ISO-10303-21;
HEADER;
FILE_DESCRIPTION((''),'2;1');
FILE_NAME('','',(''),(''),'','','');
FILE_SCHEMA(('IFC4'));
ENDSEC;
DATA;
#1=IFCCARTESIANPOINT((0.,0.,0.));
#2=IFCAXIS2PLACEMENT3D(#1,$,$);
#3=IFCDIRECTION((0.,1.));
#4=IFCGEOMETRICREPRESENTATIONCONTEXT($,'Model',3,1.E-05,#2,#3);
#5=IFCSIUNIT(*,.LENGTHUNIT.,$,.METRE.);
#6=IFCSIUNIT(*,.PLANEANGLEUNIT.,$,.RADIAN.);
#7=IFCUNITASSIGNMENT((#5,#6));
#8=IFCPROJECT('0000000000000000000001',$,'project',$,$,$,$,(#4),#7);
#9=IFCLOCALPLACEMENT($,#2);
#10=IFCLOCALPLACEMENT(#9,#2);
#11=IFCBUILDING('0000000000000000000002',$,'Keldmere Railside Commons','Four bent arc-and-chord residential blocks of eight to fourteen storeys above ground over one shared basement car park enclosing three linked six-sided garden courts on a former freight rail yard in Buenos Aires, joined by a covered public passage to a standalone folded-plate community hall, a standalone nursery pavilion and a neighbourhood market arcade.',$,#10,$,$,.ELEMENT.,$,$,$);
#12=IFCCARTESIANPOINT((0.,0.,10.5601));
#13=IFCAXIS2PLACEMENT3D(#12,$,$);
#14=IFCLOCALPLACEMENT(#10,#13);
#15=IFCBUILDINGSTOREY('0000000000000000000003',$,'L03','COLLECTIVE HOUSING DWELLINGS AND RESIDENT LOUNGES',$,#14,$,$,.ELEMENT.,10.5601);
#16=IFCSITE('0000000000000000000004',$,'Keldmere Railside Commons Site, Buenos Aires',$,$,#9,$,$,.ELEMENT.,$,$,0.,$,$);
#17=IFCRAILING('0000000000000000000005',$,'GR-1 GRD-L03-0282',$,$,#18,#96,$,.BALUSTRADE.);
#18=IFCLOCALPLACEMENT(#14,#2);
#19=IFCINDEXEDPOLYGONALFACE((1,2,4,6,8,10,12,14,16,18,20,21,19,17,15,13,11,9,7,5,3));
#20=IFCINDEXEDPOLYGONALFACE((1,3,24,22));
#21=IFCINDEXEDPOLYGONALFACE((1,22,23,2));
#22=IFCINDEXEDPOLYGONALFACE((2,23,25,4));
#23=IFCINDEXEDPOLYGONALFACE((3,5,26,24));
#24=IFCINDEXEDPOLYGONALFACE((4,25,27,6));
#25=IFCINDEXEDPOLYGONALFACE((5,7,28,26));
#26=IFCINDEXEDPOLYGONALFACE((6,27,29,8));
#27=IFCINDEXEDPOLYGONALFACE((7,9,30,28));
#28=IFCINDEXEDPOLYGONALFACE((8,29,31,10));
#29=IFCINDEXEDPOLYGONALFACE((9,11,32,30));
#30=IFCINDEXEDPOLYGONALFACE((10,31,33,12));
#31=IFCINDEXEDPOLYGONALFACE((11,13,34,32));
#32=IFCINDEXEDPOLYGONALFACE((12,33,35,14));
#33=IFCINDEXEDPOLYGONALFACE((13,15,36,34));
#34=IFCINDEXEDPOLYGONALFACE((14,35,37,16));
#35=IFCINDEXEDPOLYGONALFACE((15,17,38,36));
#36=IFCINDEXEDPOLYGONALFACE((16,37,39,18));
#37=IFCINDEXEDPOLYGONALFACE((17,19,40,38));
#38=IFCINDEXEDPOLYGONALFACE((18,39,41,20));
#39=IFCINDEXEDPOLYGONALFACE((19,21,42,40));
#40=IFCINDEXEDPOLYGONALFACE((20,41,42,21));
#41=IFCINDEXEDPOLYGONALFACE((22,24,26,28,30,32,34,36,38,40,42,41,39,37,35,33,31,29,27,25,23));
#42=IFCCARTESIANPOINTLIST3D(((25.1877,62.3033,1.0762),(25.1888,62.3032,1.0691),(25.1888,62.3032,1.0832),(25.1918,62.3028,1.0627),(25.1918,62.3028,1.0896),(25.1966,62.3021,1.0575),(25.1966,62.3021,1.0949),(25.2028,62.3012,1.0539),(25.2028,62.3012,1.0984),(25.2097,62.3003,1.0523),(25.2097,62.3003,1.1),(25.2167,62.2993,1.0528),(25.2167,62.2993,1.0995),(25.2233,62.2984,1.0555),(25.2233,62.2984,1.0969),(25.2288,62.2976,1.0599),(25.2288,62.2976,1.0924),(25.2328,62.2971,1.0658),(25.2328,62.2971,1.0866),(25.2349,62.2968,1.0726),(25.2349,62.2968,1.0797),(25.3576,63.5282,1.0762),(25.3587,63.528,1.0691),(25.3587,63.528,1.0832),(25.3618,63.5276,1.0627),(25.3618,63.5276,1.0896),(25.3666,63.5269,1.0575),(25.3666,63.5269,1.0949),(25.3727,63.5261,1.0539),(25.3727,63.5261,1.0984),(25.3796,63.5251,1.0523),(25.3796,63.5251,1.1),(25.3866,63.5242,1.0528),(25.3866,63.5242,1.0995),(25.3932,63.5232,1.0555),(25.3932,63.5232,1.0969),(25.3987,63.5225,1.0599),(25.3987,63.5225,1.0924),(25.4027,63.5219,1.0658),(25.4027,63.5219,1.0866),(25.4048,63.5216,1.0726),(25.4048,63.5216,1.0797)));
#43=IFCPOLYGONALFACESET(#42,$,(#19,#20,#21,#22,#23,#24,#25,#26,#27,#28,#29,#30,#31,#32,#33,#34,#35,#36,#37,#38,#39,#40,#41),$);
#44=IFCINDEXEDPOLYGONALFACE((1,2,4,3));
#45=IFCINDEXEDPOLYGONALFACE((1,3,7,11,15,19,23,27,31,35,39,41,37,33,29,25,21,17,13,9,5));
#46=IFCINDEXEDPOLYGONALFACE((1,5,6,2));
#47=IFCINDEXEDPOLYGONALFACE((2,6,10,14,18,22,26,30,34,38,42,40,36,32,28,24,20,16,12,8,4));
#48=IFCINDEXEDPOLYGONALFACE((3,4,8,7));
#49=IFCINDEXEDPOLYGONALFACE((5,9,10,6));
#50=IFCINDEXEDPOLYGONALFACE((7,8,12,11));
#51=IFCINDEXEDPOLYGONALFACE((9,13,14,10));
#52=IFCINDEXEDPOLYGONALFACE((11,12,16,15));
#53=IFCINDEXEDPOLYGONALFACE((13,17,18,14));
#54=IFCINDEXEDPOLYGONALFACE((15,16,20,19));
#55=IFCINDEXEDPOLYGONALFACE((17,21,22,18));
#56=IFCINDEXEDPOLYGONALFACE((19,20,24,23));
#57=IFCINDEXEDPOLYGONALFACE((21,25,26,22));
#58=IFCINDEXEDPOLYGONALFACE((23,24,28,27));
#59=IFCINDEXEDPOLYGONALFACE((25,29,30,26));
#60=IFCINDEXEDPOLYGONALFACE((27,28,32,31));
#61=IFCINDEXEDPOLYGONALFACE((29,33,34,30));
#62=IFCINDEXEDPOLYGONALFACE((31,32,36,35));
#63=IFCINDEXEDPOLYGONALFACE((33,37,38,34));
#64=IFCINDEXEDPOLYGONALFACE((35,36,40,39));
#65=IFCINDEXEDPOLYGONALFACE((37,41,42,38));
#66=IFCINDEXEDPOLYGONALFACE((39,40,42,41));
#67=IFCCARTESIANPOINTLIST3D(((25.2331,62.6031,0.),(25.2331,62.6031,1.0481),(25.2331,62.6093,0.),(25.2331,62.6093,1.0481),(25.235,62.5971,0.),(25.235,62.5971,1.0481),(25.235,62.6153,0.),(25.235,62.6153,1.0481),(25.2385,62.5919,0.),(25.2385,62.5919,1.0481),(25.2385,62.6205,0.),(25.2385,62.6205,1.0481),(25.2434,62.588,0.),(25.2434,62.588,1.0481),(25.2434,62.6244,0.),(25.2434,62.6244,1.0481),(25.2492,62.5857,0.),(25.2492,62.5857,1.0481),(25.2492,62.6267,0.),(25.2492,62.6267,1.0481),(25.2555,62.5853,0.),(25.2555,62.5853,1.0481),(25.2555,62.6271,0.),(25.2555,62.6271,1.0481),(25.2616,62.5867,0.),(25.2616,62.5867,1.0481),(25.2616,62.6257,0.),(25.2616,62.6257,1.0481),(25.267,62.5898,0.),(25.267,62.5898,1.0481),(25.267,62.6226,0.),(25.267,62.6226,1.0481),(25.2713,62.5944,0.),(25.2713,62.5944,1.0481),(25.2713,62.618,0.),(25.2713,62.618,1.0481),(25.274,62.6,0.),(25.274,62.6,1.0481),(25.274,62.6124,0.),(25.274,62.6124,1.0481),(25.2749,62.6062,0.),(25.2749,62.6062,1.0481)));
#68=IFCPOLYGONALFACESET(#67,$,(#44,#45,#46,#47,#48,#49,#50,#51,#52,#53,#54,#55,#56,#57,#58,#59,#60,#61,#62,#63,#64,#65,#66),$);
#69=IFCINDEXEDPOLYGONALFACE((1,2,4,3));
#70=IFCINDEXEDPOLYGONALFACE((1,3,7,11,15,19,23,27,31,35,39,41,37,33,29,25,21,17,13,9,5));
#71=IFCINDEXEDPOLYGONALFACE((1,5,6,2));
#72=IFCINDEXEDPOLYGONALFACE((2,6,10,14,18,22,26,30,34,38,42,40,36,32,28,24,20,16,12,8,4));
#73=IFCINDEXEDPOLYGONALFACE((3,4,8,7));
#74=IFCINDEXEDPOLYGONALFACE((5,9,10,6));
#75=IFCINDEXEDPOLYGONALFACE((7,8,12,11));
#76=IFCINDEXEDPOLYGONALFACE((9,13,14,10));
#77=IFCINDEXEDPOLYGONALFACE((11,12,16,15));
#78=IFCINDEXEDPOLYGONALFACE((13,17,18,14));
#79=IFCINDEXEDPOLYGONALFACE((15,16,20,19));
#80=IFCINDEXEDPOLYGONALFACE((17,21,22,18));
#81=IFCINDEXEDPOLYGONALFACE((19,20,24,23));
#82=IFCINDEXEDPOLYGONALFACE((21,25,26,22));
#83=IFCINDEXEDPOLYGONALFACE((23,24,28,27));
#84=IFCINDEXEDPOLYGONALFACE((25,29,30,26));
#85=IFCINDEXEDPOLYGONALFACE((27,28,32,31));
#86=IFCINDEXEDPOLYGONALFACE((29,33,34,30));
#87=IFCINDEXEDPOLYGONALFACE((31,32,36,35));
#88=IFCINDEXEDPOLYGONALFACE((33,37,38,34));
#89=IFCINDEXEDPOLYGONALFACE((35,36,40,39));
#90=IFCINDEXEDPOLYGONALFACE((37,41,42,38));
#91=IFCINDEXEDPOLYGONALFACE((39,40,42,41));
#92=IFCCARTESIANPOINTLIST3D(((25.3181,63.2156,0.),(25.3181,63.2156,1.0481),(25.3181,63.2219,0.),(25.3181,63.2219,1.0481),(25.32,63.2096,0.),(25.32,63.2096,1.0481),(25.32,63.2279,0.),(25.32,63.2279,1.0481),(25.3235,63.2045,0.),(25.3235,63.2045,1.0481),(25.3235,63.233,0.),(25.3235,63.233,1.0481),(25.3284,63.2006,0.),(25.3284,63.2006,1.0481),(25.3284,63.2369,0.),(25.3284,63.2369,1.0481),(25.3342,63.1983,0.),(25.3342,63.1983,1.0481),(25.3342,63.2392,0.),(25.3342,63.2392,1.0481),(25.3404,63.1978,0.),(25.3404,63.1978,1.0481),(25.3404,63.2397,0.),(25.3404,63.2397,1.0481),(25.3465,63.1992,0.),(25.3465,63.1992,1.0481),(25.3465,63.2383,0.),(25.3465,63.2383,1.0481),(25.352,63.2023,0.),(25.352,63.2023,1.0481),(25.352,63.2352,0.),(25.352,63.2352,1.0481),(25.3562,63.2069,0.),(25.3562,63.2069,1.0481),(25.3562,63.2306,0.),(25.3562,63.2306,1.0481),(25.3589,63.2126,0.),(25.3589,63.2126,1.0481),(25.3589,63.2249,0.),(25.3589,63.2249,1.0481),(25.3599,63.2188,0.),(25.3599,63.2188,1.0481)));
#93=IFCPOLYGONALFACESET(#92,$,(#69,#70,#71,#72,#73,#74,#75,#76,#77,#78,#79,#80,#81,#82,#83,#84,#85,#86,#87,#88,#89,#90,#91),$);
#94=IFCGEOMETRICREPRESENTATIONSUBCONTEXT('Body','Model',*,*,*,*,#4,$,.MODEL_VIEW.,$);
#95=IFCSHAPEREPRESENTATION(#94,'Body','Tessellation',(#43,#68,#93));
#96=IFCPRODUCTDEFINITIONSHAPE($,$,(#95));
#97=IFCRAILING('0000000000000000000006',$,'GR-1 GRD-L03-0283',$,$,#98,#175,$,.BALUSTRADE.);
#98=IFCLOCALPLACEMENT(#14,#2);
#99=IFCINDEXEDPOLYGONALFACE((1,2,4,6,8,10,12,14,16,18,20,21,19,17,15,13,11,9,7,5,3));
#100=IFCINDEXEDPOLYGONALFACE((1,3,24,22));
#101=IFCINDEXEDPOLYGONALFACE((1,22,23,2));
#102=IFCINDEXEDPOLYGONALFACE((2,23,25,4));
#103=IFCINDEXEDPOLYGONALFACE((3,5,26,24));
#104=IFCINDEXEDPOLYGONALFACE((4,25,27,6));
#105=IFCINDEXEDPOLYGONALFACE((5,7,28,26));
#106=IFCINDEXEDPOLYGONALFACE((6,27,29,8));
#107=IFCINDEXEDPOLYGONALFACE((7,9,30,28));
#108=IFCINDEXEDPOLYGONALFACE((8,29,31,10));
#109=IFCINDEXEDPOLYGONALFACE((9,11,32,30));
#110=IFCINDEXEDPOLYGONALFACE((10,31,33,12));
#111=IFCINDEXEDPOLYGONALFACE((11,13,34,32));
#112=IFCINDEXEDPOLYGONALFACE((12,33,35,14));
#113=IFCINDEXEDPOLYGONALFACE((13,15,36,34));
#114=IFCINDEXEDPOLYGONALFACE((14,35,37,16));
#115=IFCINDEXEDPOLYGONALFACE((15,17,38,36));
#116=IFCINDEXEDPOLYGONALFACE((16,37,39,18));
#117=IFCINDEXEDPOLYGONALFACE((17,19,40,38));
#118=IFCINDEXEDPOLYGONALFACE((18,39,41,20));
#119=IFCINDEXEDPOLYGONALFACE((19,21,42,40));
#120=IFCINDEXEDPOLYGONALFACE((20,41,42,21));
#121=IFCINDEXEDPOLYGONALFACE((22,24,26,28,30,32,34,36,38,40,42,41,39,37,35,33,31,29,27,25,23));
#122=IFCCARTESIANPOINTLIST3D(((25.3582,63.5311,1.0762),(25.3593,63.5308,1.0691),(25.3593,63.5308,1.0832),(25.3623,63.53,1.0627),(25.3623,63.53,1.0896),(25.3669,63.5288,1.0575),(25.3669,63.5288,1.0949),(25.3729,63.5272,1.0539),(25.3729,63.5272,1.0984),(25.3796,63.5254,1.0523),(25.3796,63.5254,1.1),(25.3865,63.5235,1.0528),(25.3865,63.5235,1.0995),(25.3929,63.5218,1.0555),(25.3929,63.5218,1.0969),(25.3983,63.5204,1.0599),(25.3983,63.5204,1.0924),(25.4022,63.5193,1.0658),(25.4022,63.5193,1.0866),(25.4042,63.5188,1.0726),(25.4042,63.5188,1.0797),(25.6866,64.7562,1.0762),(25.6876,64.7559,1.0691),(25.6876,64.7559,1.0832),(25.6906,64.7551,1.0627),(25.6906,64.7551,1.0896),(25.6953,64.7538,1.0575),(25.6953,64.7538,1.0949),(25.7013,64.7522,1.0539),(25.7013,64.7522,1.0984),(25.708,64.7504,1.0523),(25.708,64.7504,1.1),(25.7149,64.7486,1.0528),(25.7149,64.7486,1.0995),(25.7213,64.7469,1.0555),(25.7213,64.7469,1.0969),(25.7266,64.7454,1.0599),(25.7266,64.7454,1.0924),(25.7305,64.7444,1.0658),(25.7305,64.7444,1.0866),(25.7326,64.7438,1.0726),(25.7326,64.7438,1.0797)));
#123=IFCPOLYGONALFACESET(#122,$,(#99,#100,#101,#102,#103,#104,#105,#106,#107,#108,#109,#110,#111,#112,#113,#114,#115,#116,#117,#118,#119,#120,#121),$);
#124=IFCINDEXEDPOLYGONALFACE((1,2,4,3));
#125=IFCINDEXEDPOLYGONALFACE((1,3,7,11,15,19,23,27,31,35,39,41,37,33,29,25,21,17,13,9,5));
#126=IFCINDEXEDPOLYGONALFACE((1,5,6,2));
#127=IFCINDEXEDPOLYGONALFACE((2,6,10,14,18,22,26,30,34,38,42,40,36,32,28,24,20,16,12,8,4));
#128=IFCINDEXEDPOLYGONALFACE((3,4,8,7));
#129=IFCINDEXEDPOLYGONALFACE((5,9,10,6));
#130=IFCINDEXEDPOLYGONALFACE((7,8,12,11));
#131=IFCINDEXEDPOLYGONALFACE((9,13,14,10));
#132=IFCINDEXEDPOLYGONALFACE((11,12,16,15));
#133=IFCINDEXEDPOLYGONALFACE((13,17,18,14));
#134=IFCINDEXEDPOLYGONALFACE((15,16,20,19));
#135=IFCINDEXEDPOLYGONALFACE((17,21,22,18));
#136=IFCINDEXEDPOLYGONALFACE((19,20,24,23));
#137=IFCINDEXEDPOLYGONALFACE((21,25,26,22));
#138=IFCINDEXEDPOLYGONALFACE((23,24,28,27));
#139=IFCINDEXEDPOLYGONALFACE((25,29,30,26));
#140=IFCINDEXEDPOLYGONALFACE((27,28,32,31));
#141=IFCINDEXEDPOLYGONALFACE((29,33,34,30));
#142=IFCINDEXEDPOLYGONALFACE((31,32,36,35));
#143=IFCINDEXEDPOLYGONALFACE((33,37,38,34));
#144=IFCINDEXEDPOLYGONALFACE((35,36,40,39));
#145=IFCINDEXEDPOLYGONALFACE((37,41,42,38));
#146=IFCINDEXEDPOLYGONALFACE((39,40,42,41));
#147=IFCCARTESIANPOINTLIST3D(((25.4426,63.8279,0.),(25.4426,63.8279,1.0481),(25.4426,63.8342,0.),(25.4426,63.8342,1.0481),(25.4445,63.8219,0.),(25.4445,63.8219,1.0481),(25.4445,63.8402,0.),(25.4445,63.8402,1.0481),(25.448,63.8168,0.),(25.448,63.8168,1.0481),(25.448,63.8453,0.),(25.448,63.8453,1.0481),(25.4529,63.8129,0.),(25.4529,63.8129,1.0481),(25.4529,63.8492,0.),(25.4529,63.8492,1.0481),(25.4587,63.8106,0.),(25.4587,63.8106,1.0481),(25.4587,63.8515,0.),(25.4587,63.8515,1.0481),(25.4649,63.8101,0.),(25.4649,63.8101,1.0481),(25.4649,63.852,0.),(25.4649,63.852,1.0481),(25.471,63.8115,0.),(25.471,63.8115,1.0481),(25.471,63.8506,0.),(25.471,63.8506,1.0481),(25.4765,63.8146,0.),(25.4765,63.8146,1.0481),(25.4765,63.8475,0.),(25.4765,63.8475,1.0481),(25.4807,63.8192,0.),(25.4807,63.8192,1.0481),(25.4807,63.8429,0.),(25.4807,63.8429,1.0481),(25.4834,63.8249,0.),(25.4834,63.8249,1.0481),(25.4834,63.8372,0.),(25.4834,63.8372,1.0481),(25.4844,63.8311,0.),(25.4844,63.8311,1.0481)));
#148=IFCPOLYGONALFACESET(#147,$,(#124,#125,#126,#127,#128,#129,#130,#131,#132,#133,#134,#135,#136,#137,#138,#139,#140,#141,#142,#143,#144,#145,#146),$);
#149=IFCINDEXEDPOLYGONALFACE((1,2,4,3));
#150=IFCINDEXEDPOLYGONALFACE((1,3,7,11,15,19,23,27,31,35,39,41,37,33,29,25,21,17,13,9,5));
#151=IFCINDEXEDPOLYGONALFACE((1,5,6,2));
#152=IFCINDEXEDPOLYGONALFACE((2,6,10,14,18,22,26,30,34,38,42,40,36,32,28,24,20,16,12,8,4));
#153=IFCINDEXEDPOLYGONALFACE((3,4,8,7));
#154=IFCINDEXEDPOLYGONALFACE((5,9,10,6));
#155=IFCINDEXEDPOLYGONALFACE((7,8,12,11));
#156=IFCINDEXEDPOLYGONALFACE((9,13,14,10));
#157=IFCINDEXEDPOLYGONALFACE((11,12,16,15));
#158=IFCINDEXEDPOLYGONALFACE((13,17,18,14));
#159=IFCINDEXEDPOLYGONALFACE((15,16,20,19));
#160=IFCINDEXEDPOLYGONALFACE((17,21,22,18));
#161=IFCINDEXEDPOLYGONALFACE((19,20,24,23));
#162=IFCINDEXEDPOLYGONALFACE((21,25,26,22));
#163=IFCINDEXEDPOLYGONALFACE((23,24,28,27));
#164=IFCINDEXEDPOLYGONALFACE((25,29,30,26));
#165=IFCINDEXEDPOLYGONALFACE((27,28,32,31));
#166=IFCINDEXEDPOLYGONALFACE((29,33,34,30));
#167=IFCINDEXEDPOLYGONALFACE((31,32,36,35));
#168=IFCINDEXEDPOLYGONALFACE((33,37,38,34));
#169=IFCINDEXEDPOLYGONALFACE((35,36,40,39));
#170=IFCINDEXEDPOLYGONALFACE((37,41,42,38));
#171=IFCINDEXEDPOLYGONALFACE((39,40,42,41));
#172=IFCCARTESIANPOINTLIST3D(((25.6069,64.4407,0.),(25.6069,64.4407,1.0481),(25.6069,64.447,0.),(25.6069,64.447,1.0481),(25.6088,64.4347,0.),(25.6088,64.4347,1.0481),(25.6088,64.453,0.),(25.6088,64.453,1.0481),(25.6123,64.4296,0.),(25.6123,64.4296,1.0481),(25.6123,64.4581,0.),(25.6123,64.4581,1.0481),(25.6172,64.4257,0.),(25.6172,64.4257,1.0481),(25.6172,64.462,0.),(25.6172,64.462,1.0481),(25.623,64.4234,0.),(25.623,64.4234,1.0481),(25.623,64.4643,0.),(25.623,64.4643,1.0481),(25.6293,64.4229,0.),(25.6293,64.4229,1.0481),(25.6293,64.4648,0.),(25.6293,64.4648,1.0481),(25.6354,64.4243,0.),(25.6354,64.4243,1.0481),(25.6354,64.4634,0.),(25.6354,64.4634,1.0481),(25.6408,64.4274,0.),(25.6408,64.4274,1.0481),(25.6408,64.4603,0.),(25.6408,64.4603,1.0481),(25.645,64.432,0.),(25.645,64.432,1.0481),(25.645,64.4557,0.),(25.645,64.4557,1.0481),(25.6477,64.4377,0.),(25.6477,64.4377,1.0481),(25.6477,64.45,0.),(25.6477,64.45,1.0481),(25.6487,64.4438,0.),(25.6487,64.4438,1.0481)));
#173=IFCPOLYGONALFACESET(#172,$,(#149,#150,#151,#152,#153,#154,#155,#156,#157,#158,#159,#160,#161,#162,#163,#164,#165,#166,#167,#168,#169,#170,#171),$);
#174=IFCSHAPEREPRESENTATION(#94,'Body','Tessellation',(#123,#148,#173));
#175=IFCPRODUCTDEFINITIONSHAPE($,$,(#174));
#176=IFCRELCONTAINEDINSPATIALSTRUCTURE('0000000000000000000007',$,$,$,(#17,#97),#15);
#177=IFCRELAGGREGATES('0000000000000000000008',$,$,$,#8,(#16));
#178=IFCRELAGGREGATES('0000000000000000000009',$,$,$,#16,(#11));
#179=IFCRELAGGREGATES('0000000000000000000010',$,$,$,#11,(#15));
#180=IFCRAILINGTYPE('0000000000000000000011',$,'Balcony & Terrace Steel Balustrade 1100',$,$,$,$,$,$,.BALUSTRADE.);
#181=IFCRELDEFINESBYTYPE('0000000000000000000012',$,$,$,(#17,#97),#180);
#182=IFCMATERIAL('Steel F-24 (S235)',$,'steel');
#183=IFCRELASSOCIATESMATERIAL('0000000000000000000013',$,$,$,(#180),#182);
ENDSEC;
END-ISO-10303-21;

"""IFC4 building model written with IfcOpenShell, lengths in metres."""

from ifc_helpers import new_model, si_unit, direction, frame, origin, origin_2d, place, context, subcontext, project, spatial, circle, extrude, material, type_object, element, save


model = new_model("IFC4")

# Units and contexts
model_context = context("Model", 3, precision=1e-05, world=origin(), true_north=direction((0.0, 1.0)))
body_context = subcontext(model_context, "Body", "Model", "MODEL_VIEW")
ifc_project = project(units=[si_unit("LENGTHUNIT", "METRE"), si_unit("PLANEANGLEUNIT", "RADIAN")], contexts=[model_context])

# Site, building, storey
site_placement = place(None, origin())
site = spatial("IfcSite", under=ifc_project, at=site_placement, Name="Keldmere Railside Commons Site, Buenos Aires", CompositionType="ELEMENT", RefElevation=0.0)
building_placement = place(site_placement, origin())
building = spatial("IfcBuilding", under=site, at=building_placement, Name="Keldmere Railside Commons", Description="Four bent arc-and-chord residential blocks of eight to fourteen storeys above ground over one shared basement car park enclosing three linked six-sided garden courts on a former freight rail yard in Buenos Aires, joined by a covered public passage to a standalone folded-plate community hall, a standalone nursery pavilion and a neighbourhood market arcade.", CompositionType="ELEMENT")
storey_placement = place(building_placement, frame((0.0, 0.0, 10.5601)))
storey = spatial("IfcBuildingStorey", under=building, at=storey_placement, Name="L03", Description="COLLECTIVE HOUSING DWELLINGS AND RESIDENT LOUNGES", CompositionType="ELEMENT", Elevation=10.5601)

# Railings
ifc_material_1 = material(Name="Steel F-24 (S235)", Category="steel")
railing_type_1 = type_object("IfcRailingType", Name="Balcony & Terrace Steel Balustrade 1100", PredefinedType="BALUSTRADE", material=ifc_material_1)
railing_1_placement = place(storey_placement, frame((25.2114, 62.3, 0.0)))
element("IfcRailing", 1, at=railing_1_placement, inside=storey, type_object=railing_type_1, Name="GR-1 GRD-L03-0282", PredefinedType="BALUSTRADE", context=body_context, shape_type="SweptSolid", body=[
    extrude(circle(Radius=0.0239, at=origin_2d()), frame((0.0, 0.0, 1.0762), z_axis=(0.137412, 0.990514, 0.0), x_axis=(-0.990514, 0.137412, 0.0)), (0.0, 0.0, 1.0), 1.2366),
    extrude(circle(Radius=0.021, at=origin_2d()), frame((0.0425, 0.3062, 0.0)), (0.0, 0.0, 1.0), 1.0481),
    extrude(circle(Radius=0.021, at=origin_2d()), frame((0.1274, 0.9187, 0.0)), (0.0, 0.0, 1.0), 1.0481),
])
railing_2_placement = place(storey_placement, frame((25.3813, 63.5249, 0.0)))
element("IfcRailing", 2, at=railing_2_placement, inside=storey, type_object=railing_type_1, Name="GR-1 GRD-L03-0283", PredefinedType="BALUSTRADE", context=body_context, shape_type="SweptSolid", body=[
    extrude(circle(Radius=0.0239, at=origin_2d()), frame((0.0, 0.0, 1.0762), z_axis=(0.258896, 0.965905, 0.0), x_axis=(-0.965905, 0.258896, 0.0)), (0.0, 0.0, 1.0), 1.2683),
    extrude(circle(Radius=0.021, at=origin_2d()), frame((0.082, 0.3062, 0.0)), (0.0, 0.0, 1.0), 1.0481),
    extrude(circle(Radius=0.021, at=origin_2d()), frame((0.2463, 0.9189, 0.0)), (0.0, 0.0, 1.0), 1.0481),
])

save(model, "model.ifc")
